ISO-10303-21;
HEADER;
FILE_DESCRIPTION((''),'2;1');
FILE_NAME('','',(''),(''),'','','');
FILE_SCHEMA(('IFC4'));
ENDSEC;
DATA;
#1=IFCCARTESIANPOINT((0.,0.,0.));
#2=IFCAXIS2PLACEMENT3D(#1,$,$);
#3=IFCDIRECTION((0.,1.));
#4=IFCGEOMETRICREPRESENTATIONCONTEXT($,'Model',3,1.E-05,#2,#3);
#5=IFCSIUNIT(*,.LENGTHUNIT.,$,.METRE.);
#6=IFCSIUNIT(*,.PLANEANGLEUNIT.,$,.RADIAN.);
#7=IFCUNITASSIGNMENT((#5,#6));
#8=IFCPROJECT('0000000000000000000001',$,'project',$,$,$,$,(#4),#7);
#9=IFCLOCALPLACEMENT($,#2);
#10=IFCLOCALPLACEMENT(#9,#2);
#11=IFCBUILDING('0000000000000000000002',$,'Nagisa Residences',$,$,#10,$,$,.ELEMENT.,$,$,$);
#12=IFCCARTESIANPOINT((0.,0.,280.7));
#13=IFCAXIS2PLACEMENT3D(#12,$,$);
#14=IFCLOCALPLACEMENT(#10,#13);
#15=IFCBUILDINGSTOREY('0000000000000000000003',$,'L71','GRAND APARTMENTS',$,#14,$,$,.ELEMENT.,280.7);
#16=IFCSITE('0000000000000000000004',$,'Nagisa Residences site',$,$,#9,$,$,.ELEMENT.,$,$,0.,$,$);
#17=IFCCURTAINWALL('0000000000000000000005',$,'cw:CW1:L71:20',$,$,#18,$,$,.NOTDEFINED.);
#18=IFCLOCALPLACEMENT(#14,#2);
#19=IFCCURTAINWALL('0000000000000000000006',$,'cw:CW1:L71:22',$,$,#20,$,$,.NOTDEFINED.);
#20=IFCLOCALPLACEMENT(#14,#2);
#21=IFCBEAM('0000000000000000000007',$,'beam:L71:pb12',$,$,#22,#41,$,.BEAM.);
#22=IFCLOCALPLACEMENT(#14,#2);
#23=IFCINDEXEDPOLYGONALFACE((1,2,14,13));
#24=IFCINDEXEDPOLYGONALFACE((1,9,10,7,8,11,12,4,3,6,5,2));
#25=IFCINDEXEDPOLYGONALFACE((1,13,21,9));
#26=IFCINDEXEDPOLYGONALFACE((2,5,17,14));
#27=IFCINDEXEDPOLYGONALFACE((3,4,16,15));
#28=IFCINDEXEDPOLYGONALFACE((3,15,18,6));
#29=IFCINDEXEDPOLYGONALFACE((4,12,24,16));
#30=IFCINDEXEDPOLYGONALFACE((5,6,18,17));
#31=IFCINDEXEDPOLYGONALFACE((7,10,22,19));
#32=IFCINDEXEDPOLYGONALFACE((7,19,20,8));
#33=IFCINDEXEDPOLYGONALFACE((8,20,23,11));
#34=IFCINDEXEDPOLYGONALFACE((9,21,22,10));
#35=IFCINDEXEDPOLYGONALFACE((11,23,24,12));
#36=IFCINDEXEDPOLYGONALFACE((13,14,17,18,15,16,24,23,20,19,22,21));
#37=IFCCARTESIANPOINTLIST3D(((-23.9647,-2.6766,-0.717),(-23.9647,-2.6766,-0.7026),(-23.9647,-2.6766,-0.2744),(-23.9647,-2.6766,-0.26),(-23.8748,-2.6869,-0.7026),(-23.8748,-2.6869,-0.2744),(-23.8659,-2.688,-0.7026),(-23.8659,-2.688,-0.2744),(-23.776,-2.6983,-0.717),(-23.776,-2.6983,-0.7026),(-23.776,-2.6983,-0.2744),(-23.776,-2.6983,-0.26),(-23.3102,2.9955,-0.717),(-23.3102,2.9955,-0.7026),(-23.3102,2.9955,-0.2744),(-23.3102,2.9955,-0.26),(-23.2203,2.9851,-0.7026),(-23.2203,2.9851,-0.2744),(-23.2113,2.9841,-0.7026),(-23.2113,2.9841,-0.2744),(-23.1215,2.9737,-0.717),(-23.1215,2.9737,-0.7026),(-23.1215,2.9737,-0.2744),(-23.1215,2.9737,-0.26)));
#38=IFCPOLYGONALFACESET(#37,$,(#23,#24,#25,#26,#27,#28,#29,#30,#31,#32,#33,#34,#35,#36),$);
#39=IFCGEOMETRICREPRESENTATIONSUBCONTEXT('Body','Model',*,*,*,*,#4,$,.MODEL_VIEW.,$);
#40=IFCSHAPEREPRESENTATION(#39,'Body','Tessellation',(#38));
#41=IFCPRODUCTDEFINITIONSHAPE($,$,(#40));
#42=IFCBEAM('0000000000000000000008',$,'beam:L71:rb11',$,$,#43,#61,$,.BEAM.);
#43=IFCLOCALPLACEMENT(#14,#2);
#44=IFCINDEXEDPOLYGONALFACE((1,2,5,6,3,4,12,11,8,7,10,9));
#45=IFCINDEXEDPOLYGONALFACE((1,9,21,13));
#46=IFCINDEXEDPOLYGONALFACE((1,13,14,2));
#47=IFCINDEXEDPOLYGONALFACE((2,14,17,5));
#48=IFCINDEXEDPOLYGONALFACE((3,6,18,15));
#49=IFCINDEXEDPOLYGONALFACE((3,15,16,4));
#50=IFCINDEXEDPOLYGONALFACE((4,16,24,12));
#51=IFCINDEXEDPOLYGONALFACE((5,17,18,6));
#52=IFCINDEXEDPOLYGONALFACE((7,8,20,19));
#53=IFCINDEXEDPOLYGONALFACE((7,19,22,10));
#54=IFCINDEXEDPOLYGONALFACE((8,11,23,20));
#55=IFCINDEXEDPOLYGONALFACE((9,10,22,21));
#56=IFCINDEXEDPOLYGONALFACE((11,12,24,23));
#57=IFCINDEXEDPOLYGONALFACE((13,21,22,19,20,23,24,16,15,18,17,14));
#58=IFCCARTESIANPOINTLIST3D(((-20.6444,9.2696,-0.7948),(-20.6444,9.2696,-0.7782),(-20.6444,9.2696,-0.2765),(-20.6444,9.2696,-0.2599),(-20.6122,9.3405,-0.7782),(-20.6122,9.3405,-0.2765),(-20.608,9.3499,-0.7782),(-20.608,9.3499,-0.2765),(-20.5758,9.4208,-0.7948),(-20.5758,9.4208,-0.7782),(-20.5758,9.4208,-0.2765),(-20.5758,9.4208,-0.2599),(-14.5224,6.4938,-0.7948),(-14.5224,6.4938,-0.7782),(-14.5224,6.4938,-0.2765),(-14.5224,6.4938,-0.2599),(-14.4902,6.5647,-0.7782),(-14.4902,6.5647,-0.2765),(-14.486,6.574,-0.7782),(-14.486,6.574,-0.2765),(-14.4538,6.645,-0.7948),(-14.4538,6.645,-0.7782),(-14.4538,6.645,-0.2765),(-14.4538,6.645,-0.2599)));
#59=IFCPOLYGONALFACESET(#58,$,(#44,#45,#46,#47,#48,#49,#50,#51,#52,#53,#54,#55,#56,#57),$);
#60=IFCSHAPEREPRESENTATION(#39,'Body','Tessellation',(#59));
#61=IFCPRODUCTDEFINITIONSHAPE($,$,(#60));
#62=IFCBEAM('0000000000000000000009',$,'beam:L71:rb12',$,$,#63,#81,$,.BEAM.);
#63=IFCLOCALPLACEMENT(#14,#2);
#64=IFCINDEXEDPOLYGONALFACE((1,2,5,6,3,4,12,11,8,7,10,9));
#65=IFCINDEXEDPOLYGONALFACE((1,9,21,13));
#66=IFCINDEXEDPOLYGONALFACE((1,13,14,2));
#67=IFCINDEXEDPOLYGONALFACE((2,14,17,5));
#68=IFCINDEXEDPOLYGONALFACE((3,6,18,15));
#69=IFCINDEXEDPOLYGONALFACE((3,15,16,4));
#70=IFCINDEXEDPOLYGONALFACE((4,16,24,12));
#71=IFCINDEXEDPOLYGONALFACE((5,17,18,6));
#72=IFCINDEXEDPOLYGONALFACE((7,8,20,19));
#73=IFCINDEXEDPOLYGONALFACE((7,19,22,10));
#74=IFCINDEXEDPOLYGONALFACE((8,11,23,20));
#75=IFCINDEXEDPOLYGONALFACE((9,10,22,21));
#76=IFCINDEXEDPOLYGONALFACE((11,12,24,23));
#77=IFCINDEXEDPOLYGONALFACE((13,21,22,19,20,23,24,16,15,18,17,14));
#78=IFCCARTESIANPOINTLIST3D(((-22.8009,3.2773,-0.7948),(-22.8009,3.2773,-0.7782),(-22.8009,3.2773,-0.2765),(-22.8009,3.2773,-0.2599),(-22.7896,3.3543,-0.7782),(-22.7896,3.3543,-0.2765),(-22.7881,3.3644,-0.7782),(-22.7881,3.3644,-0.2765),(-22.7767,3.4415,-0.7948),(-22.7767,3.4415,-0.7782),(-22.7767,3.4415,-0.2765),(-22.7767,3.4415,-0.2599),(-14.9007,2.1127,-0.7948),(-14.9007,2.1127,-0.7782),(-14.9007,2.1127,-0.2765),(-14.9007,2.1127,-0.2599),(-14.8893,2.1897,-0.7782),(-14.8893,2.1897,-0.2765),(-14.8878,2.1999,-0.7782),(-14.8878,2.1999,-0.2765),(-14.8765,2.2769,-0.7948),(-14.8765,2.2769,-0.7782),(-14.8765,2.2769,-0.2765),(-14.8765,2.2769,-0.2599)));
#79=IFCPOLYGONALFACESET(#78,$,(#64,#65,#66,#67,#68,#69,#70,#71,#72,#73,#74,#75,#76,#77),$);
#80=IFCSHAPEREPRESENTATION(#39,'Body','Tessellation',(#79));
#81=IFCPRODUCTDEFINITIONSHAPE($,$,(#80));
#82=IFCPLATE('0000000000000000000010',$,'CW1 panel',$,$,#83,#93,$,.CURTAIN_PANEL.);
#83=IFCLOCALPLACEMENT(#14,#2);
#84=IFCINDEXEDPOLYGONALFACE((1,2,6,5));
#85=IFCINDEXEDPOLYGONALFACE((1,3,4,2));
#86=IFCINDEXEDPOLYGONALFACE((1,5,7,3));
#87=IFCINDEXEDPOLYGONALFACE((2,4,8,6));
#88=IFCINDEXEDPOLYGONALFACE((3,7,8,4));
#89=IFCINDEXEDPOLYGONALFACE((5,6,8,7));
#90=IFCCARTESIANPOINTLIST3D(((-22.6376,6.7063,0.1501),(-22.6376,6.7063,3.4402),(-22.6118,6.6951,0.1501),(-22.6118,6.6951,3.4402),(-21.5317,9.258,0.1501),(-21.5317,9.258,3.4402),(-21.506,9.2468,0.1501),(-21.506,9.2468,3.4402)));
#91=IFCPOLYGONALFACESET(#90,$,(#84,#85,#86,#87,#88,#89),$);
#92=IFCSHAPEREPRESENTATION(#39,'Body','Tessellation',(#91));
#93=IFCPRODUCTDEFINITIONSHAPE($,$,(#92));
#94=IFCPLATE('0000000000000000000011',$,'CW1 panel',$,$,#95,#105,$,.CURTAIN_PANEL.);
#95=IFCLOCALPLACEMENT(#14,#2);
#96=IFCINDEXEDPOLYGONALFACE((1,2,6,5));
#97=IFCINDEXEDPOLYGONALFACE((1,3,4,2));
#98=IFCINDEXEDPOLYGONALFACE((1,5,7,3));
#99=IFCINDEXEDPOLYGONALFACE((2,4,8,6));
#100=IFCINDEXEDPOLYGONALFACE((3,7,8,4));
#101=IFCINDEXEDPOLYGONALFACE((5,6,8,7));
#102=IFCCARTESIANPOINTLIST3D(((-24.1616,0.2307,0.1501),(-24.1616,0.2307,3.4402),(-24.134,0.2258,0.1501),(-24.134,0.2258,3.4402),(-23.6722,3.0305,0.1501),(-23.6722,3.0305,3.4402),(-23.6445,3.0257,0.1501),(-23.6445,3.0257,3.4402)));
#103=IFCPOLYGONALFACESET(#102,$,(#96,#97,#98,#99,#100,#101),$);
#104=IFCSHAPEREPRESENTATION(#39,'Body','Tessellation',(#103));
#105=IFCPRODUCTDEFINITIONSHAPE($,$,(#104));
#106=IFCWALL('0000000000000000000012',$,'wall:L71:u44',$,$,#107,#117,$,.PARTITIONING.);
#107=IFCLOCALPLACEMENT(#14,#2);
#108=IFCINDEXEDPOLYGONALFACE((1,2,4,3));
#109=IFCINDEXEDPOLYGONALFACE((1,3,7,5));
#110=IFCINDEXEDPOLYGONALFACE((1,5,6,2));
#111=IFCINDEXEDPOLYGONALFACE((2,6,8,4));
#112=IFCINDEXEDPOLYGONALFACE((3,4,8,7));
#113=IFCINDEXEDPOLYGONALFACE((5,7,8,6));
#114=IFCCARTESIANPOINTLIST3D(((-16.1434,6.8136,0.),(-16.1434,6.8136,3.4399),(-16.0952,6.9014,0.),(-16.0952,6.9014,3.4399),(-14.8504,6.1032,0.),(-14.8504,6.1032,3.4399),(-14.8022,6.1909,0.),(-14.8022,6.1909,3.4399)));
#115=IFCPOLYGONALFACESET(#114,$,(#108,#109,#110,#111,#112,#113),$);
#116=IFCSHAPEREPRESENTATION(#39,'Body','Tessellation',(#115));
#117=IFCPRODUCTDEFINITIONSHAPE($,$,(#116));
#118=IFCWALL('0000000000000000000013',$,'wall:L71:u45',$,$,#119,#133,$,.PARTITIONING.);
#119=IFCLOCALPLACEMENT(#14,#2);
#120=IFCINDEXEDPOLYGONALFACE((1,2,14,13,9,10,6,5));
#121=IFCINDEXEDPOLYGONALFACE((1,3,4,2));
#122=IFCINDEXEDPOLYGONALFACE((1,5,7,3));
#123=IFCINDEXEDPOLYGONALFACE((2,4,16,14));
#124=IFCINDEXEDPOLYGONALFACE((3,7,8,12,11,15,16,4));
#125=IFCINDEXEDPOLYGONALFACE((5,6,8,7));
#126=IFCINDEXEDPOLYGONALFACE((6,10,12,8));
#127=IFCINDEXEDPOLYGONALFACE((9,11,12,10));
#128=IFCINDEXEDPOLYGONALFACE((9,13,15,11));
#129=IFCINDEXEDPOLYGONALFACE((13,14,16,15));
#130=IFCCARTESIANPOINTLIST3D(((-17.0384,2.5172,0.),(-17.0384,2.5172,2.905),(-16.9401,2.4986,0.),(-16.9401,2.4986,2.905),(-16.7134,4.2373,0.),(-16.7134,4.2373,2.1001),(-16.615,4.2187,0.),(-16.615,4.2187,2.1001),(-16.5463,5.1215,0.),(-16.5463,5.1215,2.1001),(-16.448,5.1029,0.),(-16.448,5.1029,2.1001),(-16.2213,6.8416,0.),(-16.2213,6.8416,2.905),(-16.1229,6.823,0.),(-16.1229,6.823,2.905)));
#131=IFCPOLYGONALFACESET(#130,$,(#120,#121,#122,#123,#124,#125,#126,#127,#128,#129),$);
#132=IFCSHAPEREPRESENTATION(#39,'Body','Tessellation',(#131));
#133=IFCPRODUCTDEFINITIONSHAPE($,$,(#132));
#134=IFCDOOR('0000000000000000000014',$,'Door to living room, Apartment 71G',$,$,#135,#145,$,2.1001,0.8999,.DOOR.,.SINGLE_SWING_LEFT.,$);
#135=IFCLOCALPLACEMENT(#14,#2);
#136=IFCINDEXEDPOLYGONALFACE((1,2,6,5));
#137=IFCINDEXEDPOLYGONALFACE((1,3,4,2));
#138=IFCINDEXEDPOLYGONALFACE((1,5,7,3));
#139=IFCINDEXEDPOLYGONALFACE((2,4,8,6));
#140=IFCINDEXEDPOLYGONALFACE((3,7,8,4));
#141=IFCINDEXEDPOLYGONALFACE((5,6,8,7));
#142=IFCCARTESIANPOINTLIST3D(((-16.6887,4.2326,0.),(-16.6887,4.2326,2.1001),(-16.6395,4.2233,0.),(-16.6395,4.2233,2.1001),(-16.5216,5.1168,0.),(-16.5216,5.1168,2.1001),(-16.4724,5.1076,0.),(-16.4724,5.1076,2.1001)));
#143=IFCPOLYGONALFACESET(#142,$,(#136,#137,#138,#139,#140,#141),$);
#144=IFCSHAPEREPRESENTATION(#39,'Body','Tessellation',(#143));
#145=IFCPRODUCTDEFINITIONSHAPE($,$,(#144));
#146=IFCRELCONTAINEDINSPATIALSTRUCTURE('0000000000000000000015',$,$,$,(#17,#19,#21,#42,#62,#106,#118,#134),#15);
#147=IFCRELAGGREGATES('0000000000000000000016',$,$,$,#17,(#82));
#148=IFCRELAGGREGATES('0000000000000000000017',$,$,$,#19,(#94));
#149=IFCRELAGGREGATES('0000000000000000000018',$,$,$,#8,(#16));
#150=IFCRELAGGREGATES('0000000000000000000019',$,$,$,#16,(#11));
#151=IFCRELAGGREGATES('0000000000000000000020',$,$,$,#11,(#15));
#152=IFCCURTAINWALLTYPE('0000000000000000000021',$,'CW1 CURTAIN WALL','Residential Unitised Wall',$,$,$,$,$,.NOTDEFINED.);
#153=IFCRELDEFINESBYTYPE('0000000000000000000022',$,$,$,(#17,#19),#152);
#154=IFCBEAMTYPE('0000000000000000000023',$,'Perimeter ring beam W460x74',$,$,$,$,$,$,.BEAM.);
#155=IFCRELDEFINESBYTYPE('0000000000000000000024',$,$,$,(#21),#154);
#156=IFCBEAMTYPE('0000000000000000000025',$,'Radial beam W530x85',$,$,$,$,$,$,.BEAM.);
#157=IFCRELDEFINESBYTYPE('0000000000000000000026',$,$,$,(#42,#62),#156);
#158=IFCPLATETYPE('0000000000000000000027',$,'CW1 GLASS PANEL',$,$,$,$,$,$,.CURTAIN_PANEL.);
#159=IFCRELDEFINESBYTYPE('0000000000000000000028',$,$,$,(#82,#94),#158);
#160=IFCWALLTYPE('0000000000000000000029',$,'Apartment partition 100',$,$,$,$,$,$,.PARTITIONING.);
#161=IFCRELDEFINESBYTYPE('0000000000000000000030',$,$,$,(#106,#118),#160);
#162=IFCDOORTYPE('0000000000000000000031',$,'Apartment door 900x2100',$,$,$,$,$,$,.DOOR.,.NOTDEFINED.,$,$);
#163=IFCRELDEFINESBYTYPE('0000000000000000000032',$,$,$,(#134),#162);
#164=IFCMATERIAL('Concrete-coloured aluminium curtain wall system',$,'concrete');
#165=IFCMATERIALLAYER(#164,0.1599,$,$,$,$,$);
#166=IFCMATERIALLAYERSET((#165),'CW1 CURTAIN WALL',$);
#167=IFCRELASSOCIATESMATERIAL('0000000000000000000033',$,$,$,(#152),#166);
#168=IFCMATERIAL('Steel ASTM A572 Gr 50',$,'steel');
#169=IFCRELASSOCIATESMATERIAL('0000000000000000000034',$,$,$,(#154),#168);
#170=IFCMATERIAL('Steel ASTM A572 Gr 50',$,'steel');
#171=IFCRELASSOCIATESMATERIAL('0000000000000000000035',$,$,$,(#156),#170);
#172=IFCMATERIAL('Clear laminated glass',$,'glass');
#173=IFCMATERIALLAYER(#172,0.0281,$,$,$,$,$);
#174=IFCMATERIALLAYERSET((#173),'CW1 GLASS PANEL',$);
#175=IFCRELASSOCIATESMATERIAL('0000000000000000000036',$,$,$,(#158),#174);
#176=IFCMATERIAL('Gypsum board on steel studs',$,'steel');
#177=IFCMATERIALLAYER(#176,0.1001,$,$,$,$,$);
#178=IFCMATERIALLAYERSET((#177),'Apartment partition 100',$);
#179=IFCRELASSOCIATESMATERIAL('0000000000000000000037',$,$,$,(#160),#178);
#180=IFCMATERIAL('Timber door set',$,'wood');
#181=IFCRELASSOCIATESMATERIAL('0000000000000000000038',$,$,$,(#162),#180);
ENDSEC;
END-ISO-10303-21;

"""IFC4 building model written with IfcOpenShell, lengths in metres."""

from ifc_helpers import new_model, si_unit, direction, frame, frame_2d, origin, origin_2d, place, context, subcontext, project, spatial, rectangle, i_section, extrude, material, layer, layer_set, material_profile, profile_set, type_object, element, fill, aggregate, save


model = new_model("IFC4")

# Units and contexts
model_context = context("Model", 3, precision=1e-05, world=origin(), true_north=direction((0.0, 1.0)))
body_context = subcontext(model_context, "Body", "Model", "MODEL_VIEW")
ifc_project = project(units=[si_unit("LENGTHUNIT", "METRE"), si_unit("PLANEANGLEUNIT", "RADIAN")], contexts=[model_context])

# Site, building, storey
site_placement = place(None, origin())
site = spatial("IfcSite", under=ifc_project, at=site_placement, Name="Nagisa Residences site", CompositionType="ELEMENT", RefElevation=0.0)
building_placement = place(site_placement, origin())
building = spatial("IfcBuilding", under=site, at=building_placement, Name="Nagisa Residences", CompositionType="ELEMENT")
storey_placement = place(building_placement, frame((0.0, 0.0, 280.7)))
storey = spatial("IfcBuildingStorey", under=building, at=storey_placement, Name="L71", Description="GRAND APARTMENTS", CompositionType="ELEMENT", Elevation=280.7)

# Curtain walls
ifc_material_1 = material(Name="Concrete-coloured aluminium curtain wall system", Category="concrete")
ifc_layer_1 = layer(ifc_material_1, 0.1599)
ifc_layer_set_1 = layer_set([ifc_layer_1], Name="CW1 CURTAIN WALL")
curtain_wall_type = type_object("IfcCurtainWallType", Name="CW1 CURTAIN WALL", Description="Residential Unitised Wall", PredefinedType="NOTDEFINED", material=ifc_layer_set_1)
curtain_wall_1_placement = place(storey_placement, origin())
curtain_wall_1 = element("IfcCurtainWall", 1, at=curtain_wall_1_placement, inside=storey, type_object=curtain_wall_type, Name="cw:CW1:L71:20", PredefinedType="NOTDEFINED")
curtain_wall_2_placement = place(storey_placement, origin())
curtain_wall_2 = element("IfcCurtainWall", 2, at=curtain_wall_2_placement, inside=storey, type_object=curtain_wall_type, Name="cw:CW1:L71:22", PredefinedType="NOTDEFINED")

# Beams
ifc_material_2 = material(Name="Steel ASTM A572 Gr 50", Category="steel")
ifc_material_profile_1 = material_profile(ifc_material_2, i_section(OverallWidth=0.1899, OverallDepth=0.457, WebThickness=0.009, FlangeThickness=0.0144, at=origin_2d()), Name="W460x74")
ifc_profile_set_1 = profile_set([ifc_material_profile_1], Name="Steel ASTM A572 Gr 50")
beam_type_1 = type_object("IfcBeamType", Name="Perimeter ring beam W460x74", PredefinedType="BEAM", material=ifc_profile_set_1)
beam_1_placement = place(storey_placement, frame((-23.2158, 2.9846, -0.4885), z_axis=(-0.114635, -0.993408, 0.0), x_axis=(0.993408, -0.114635, 0.0)))
element("IfcBeam", 3, at=beam_1_placement, inside=storey, type_object=beam_type_1, Name="beam:L71:pb12", PredefinedType="BEAM", context=body_context, shape_type="SweptSolid", body=[
    extrude(i_section(OverallWidth=0.1899, OverallDepth=0.457, WebThickness=0.009, FlangeThickness=0.0144, at=origin_2d()), origin(), (0.0, 0.0, 1.0), 5.7097),
])
ifc_material_3 = material(Name="Steel ASTM A572 Gr 50", Category="steel")
ifc_material_profile_2 = material_profile(ifc_material_3, i_section(OverallWidth=0.166, OverallDepth=0.5349, WebThickness=0.0103, FlangeThickness=0.0166, at=origin_2d()), Name="W530x85")
ifc_profile_set_2 = profile_set([ifc_material_profile_2], Name="Steel ASTM A572 Gr 50")
beam_type_2 = type_object("IfcBeamType", Name="Radial beam W530x85", PredefinedType="BEAM", material=ifc_profile_set_2)
beam_2_placement = place(storey_placement, frame((-20.6101, 9.3452, -0.5273), z_axis=(0.910752, -0.412954, 0.0), x_axis=(0.412954, 0.910752, 0.0)))
element("IfcBeam", 4, at=beam_2_placement, inside=storey, type_object=beam_type_2, Name="beam:L71:rb11", PredefinedType="BEAM", context=body_context, shape_type="SweptSolid", body=[
    extrude(i_section(OverallWidth=0.166, OverallDepth=0.5349, WebThickness=0.0103, FlangeThickness=0.0166, at=origin_2d()), origin(), (0.0, 0.0, 1.0), 6.7219),
])
beam_3_placement = place(storey_placement, frame((-22.7888, 3.3594, -0.5273), z_axis=(0.989309, -0.145833, 0.0), x_axis=(0.145833, 0.989309, 0.0)))
element("IfcBeam", 5, at=beam_3_placement, inside=storey, type_object=beam_type_2, Name="beam:L71:rb12", PredefinedType="BEAM", context=body_context, shape_type="SweptSolid", body=[
    extrude(i_section(OverallWidth=0.166, OverallDepth=0.5349, WebThickness=0.0103, FlangeThickness=0.0166, at=origin_2d()), origin(), (0.0, 0.0, 1.0), 7.9856),
])

# Plates
ifc_material_4 = material(Name="Clear laminated glass", Category="glass")
ifc_layer_2 = layer(ifc_material_4, 0.0281)
ifc_layer_set_2 = layer_set([ifc_layer_2], Name="CW1 GLASS PANEL")
plate_type = type_object("IfcPlateType", Name="CW1 GLASS PANEL", PredefinedType="CURTAIN_PANEL", material=ifc_layer_set_2)
plate_1_placement = place(storey_placement, frame((-22.0718, 7.9766, 0.1501), z_axis=(0.0, 0.0, 1.0), x_axis=(-0.397636, -0.917543, 0.0)))
plate_1 = element("IfcPlate", 6, at=plate_1_placement, type_object=plate_type, Name="CW1 panel", PredefinedType="CURTAIN_PANEL", context=body_context, shape_type="SweptSolid", body=[
    extrude(rectangle(XDim=2.781, YDim=0.0281, at=origin_2d()), origin(), (0.0, 0.0, 1.0), 3.29),
])
aggregate(curtain_wall_1, [plate_1])
plate_2_placement = place(storey_placement, frame((-23.9031, 1.6282, 0.1501), z_axis=(0.0, 0.0, 1.0), x_axis=(-0.172191, -0.985064, 0.0)))
plate_2 = element("IfcPlate", 7, at=plate_2_placement, type_object=plate_type, Name="CW1 panel", PredefinedType="CURTAIN_PANEL", context=body_context, shape_type="SweptSolid", body=[
    extrude(rectangle(XDim=2.8423, YDim=0.0281, at=origin_2d()), origin(), (0.0, 0.0, 1.0), 3.29),
])
aggregate(curtain_wall_2, [plate_2])

# Wall
ifc_material_5 = material(Name="Gypsum board on steel studs", Category="steel")
ifc_layer_3 = layer(ifc_material_5, 0.1001)
ifc_layer_set_3 = layer_set([ifc_layer_3], Name="Apartment partition 100")
wall_type_1 = type_object("IfcWallType", Name="Apartment partition 100", PredefinedType="PARTITIONING", material=ifc_layer_set_3)
wall_1_placement = place(storey_placement, frame((-14.8262, 6.147, 0.0), z_axis=(0.0, 0.0, 1.0), x_axis=(-0.876411, 0.481563, 0.0)))
element("IfcWall", 8, at=wall_1_placement, inside=storey, type_object=wall_type_1, Name="wall:L71:u44", PredefinedType="PARTITIONING", context=body_context, shape_type="SweptSolid", body=[
    extrude(rectangle(XDim=1.4753, YDim=0.1001, at=frame_2d((0.7378, 0.0))), origin(), (0.0, 0.0, 1.0), 3.4399),
])

# Wall, opening, door
wall_2_placement = place(storey_placement, frame((-16.1721, 6.8323, 0.0), z_axis=(0.0, 0.0, 1.0), x_axis=(-0.185672, -0.982612, 0.0)))
wall_2 = element("IfcWall", 9, at=wall_2_placement, inside=storey, type_object=wall_type_1, Name="wall:L71:u45", PredefinedType="PARTITIONING", context=body_context, shape_type="SweptSolid", body=[
    extrude(rectangle(XDim=4.4009, YDim=0.1001, at=frame_2d((2.2004, 0.0))), origin(), (0.0, 0.0, 1.0), 2.905),
])
opening_1_placement = place(wall_2_placement, frame((1.7505, 0.0, 0.0)))
opening_1 = element("IfcOpeningElement", 10, at=opening_1_placement, cuts=wall_2, PredefinedType="OPENING", context=body_context, shape_type="SweptSolid", body=[
    extrude(rectangle(XDim=0.8999, YDim=2.1001, at=frame_2d((0.45, 1.05))), frame((0.0, 0.0601, 0.0), z_axis=(0.0, -1.0, 0.0), x_axis=(1.0, 0.0, 0.0)), (0.0, 0.0, 1.0), 0.1201),
])
ifc_material_6 = material(Name="Timber door set", Category="wood")
door_type_1 = type_object("IfcDoorType", Name="Apartment door 900x2100", OperationType="NOTDEFINED", PredefinedType="DOOR", material=ifc_material_6)
door_1_placement = place(opening_1_placement, frame((0.8999, 0.0, 0.0), x_axis=(-1.0, 0.0, 0.0)))
door_1 = element("IfcDoor", 11, at=door_1_placement, inside=storey, type_object=door_type_1, Name="Door to living room, Apartment 71G", OperationType="SINGLE_SWING_LEFT", OverallHeight=2.1001, OverallWidth=0.8999, PredefinedType="DOOR", context=body_context, shape_type="SweptSolid", body=[
    extrude(rectangle(XDim=0.8999, YDim=2.1001, at=frame_2d((0.45, 1.05))), frame((0.0, 0.0249, 0.0), z_axis=(0.0, -1.0, 0.0), x_axis=(1.0, 0.0, 0.0)), (0.0, 0.0, 1.0), 0.05),
])
fill(opening_1, door_1)

save(model, "model.ifc")
